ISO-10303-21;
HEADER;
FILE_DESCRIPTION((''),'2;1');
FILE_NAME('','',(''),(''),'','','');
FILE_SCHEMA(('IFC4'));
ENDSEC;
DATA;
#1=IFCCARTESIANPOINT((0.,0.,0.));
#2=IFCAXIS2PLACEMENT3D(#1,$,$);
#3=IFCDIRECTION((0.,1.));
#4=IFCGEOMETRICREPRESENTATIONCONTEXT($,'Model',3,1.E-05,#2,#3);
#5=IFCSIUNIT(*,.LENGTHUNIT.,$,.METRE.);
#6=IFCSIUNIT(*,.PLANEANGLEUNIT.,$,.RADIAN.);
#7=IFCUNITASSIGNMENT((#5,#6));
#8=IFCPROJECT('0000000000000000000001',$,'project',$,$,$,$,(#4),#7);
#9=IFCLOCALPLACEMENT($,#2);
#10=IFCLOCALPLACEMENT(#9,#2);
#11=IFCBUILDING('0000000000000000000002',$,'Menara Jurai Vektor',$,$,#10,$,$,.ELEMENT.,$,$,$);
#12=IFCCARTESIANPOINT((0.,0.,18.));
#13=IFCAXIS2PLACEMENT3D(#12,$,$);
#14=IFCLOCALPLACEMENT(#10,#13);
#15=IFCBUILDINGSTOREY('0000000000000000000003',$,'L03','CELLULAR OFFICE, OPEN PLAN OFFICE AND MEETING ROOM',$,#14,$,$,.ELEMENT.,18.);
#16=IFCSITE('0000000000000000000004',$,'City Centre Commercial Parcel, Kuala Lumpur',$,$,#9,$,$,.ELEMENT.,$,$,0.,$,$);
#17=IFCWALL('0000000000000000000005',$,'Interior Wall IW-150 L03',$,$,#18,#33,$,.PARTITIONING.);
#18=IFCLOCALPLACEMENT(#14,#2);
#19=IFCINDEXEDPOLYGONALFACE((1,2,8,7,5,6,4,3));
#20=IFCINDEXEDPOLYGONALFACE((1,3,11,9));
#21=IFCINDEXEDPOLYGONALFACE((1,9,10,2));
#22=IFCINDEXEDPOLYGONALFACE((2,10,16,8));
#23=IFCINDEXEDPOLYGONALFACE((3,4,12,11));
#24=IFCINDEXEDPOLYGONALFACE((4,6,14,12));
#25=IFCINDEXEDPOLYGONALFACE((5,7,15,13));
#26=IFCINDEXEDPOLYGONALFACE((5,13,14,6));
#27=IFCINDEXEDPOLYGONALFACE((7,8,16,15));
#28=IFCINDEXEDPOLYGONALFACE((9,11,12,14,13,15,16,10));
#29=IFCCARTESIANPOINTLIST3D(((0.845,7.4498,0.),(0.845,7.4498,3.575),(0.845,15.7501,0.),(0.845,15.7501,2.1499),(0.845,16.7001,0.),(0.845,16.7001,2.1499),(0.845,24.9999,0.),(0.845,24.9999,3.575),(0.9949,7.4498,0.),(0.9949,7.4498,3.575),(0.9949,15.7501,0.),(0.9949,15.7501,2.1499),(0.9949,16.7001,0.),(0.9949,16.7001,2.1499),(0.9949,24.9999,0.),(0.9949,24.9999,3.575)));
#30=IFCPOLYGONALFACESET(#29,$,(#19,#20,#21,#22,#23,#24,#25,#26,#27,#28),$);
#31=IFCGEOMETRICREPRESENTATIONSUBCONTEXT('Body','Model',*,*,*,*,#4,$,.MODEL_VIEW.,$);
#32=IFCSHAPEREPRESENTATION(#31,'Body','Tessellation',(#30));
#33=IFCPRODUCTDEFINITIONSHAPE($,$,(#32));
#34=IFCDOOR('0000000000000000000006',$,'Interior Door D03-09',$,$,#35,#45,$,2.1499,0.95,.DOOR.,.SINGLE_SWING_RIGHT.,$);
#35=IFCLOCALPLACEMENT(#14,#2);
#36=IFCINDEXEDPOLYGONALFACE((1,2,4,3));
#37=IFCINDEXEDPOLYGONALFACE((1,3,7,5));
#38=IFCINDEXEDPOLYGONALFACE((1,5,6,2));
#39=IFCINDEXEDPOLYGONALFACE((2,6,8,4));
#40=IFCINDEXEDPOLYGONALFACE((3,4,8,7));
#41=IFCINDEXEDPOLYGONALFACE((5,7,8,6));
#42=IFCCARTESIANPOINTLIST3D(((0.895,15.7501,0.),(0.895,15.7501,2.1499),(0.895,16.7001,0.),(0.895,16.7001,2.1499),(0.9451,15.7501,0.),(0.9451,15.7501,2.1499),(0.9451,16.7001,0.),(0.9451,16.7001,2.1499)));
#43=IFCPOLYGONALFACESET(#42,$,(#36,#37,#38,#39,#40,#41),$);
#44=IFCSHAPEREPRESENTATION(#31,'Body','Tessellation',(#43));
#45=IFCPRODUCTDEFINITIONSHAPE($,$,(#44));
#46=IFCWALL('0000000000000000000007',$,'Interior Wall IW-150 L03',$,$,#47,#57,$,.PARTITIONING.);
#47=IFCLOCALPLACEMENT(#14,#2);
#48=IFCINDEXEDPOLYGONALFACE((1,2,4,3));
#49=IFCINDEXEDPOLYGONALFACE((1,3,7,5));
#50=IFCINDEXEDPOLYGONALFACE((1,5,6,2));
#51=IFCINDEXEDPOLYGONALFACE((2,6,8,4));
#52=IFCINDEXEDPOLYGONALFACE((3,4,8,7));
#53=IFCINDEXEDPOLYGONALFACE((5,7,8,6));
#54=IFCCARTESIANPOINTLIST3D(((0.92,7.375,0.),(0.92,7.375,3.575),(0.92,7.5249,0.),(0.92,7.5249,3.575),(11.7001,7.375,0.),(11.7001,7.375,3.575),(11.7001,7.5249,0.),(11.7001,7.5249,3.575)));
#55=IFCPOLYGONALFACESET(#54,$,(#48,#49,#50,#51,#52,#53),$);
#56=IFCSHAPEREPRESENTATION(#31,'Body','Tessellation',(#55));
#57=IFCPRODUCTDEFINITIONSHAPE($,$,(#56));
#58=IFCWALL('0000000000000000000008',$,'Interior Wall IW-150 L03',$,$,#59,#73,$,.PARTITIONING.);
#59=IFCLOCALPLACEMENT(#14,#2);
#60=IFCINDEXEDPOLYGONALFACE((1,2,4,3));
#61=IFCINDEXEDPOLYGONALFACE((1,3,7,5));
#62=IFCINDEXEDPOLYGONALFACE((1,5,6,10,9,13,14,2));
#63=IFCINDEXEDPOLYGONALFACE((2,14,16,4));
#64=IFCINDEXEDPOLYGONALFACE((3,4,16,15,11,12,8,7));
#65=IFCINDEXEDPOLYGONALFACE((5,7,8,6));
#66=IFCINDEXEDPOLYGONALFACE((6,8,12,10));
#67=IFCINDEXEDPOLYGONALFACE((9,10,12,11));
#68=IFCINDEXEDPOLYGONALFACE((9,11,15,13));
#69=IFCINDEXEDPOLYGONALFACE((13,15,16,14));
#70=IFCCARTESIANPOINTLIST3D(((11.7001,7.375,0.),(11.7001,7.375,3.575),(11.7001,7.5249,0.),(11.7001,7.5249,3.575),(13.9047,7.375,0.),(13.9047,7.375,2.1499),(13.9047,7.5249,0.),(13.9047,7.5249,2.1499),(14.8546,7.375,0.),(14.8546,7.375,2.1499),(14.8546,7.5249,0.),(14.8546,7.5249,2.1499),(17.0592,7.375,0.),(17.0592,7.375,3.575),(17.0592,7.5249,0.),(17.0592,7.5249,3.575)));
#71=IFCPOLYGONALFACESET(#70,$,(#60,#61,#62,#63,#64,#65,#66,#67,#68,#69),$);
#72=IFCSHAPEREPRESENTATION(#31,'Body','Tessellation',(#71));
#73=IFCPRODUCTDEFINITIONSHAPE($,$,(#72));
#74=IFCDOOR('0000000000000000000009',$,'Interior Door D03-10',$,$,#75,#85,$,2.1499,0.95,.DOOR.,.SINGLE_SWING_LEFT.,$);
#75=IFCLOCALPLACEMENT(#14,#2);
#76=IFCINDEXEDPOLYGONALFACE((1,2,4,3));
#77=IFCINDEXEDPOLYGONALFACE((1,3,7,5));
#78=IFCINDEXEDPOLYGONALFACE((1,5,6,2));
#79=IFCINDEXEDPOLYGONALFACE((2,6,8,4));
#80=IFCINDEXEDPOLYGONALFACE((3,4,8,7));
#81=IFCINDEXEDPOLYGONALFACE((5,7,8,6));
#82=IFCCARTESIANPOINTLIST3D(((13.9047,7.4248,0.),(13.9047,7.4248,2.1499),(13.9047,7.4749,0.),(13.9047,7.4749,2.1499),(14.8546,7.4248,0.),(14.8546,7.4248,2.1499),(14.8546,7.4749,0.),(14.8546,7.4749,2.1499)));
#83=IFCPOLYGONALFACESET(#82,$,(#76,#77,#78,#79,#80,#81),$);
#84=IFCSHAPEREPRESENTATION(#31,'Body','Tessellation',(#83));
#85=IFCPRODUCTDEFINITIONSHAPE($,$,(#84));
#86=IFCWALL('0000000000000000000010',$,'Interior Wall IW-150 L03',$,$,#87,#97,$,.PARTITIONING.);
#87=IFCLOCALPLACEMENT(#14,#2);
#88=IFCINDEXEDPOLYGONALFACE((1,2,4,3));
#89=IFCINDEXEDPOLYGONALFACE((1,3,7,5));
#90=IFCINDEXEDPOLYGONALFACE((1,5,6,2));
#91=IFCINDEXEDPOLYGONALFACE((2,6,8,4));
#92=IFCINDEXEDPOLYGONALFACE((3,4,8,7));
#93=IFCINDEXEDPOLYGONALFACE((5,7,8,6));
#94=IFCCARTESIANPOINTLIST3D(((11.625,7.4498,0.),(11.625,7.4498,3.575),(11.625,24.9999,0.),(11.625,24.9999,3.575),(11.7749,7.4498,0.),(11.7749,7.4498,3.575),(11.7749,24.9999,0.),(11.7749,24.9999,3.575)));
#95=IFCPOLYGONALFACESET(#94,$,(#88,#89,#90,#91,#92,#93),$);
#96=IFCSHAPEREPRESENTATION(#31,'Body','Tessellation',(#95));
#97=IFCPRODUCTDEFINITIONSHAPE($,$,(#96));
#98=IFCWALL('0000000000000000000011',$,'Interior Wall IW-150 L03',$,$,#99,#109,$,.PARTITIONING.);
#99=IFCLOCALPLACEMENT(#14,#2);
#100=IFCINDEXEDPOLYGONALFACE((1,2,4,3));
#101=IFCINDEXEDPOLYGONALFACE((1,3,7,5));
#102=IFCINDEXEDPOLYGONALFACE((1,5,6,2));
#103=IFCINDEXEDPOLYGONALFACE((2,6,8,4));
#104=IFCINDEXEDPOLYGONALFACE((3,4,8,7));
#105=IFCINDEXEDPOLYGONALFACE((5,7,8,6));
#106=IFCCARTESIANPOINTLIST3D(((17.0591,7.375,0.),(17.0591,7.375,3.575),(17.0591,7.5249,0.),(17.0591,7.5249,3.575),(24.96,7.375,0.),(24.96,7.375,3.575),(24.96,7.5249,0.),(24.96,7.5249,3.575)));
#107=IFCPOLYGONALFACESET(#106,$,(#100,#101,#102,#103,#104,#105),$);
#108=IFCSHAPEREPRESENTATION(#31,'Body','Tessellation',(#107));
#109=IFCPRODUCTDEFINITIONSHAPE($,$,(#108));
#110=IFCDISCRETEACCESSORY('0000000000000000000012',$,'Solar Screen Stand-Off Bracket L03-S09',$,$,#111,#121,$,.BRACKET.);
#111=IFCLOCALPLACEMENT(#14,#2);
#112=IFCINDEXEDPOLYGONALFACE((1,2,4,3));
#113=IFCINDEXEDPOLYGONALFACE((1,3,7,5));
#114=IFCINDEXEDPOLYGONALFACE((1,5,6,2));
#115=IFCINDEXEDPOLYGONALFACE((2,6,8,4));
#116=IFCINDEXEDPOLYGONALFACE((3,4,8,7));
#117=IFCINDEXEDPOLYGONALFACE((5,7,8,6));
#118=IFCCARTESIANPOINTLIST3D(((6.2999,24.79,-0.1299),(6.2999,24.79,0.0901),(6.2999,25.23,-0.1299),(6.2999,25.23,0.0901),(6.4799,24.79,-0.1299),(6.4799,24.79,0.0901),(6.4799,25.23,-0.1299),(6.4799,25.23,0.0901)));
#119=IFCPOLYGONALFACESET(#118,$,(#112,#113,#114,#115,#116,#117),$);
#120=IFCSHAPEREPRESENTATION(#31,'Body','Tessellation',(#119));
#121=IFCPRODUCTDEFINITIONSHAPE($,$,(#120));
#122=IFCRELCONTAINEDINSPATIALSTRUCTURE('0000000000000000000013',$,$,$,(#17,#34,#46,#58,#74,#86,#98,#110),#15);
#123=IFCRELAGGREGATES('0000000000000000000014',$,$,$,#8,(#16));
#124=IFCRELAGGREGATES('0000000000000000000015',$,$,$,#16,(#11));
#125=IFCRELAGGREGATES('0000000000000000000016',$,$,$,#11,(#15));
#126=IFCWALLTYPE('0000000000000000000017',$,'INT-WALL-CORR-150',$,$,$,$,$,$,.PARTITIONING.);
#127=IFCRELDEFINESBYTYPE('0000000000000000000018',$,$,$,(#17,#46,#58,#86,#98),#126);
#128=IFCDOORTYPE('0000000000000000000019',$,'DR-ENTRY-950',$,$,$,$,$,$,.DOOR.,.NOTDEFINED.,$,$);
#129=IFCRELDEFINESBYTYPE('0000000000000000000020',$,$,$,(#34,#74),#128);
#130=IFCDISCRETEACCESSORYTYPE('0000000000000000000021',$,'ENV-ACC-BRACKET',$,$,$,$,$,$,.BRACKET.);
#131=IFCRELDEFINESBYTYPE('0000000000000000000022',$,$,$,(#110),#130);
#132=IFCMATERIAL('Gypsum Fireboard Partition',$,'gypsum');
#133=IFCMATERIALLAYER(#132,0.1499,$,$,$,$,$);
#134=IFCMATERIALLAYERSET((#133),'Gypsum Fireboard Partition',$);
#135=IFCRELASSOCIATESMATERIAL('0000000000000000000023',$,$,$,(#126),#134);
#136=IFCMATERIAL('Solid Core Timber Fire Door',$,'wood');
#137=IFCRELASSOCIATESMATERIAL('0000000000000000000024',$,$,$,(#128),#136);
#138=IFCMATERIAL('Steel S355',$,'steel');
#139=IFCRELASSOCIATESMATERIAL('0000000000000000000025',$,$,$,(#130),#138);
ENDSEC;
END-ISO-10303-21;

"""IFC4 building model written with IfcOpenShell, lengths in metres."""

from ifc_helpers import new_model, si_unit, direction, frame, frame_2d, origin, origin_2d, place, context, subcontext, project, spatial, rectangle, extrude, material, layer, layer_set, type_object, element, fill, save


model = new_model("IFC4")

# Units and contexts
model_context = context("Model", 3, precision=1e-05, world=origin(), true_north=direction((0.0, 1.0)))
body_context = subcontext(model_context, "Body", "Model", "MODEL_VIEW")
ifc_project = project(units=[si_unit("LENGTHUNIT", "METRE"), si_unit("PLANEANGLEUNIT", "RADIAN")], contexts=[model_context])

# Site, building, storey
site_placement = place(None, origin())
site = spatial("IfcSite", under=ifc_project, at=site_placement, Name="City Centre Commercial Parcel, Kuala Lumpur", CompositionType="ELEMENT", RefElevation=0.0)
building_placement = place(site_placement, origin())
building = spatial("IfcBuilding", under=site, at=building_placement, Name="Menara Jurai Vektor", CompositionType="ELEMENT")
storey_placement = place(building_placement, frame((0.0, 0.0, 18.0)))
storey = spatial("IfcBuildingStorey", under=building, at=storey_placement, Name="L03", Description="CELLULAR OFFICE, OPEN PLAN OFFICE AND MEETING ROOM", CompositionType="ELEMENT", Elevation=18.0)

# Shared definitions
ifc_material_1 = material(Name="Steel S355", Category="steel")

# Wall, opening, door
ifc_material_2 = material(Name="Gypsum Fireboard Partition", Category="gypsum")
ifc_layer_1 = layer(ifc_material_2, 0.1499)
ifc_layer_set_1 = layer_set([ifc_layer_1], Name="Gypsum Fireboard Partition")
wall_type = type_object("IfcWallType", Name="INT-WALL-CORR-150", PredefinedType="PARTITIONING", material=ifc_layer_set_1)
wall_1_placement = place(storey_placement, frame((0.9199, 7.45, 0.0), z_axis=(0.0, 0.0, 1.0), x_axis=(0.0, 1.0, 0.0)))
wall_1 = element("IfcWall", 1, at=wall_1_placement, inside=storey, type_object=wall_type, Name="Interior Wall IW-150 L03", PredefinedType="PARTITIONING", context=body_context, shape_type="SweptSolid", body=[
    extrude(rectangle(XDim=17.55, YDim=0.1499, at=frame_2d((8.7749, 0.0))), origin(), (0.0, 0.0, 1.0), 3.575),
])
opening_1_placement = place(wall_1_placement, frame((8.3, 0.0, 0.0)))
opening_1 = element("IfcOpeningElement", 2, at=opening_1_placement, cuts=wall_1, PredefinedType="OPENING", context=body_context, shape_type="SweptSolid", body=[
    extrude(rectangle(XDim=0.95, YDim=2.1499, at=frame_2d((0.4751, 1.075))), frame((0.0, 0.085, 0.0), z_axis=(0.0, -1.0, 0.0), x_axis=(1.0, 0.0, 0.0)), (0.0, 0.0, 1.0), 0.1699),
])
ifc_material_3 = material(Name="Solid Core Timber Fire Door", Category="wood")
door_type = type_object("IfcDoorType", Name="DR-ENTRY-950", OperationType="NOTDEFINED", PredefinedType="DOOR", material=ifc_material_3)
door_1_placement = place(opening_1_placement, origin())
door_1 = element("IfcDoor", 3, at=door_1_placement, inside=storey, type_object=door_type, Name="Interior Door D03-09", OperationType="SINGLE_SWING_RIGHT", OverallHeight=2.1499, OverallWidth=0.95, PredefinedType="DOOR", context=body_context, shape_type="SweptSolid", body=[
    extrude(rectangle(XDim=0.95, YDim=2.1499, at=frame_2d((0.4751, 1.075))), frame((0.0, 0.0249, 0.0), z_axis=(0.0, -1.0, 0.0), x_axis=(1.0, 0.0, 0.0)), (0.0, 0.0, 1.0), 0.05),
])
fill(opening_1, door_1)

# Wall
wall_2_placement = place(storey_placement, frame((0.9199, 7.45, 0.0), z_axis=(0.0, 0.0, 1.0), x_axis=(1.0, 0.0, 0.0)))
element("IfcWall", 4, at=wall_2_placement, inside=storey, type_object=wall_type, Name="Interior Wall IW-150 L03", PredefinedType="PARTITIONING", context=body_context, shape_type="SweptSolid", body=[
    extrude(rectangle(XDim=10.78, YDim=0.1499, at=frame_2d((5.3901, 0.0))), origin(), (0.0, 0.0, 1.0), 3.575),
])

# Wall, opening, door
wall_3_placement = place(storey_placement, frame((11.7, 7.45, 0.0), z_axis=(0.0, 0.0, 1.0), x_axis=(1.0, 0.0, 0.0)))
wall_3 = element("IfcWall", 5, at=wall_3_placement, inside=storey, type_object=wall_type, Name="Interior Wall IW-150 L03", PredefinedType="PARTITIONING", context=body_context, shape_type="SweptSolid", body=[
    extrude(rectangle(XDim=5.3591, YDim=0.1499, at=frame_2d((2.6797, 0.0))), origin(), (0.0, 0.0, 1.0), 3.575),
])
opening_2_placement = place(wall_3_placement, frame((2.2046, 0.0, 0.0)))
opening_2 = element("IfcOpeningElement", 6, at=opening_2_placement, cuts=wall_3, PredefinedType="OPENING", context=body_context, shape_type="SweptSolid", body=[
    extrude(rectangle(XDim=0.95, YDim=2.1499, at=frame_2d((0.4751, 1.075))), frame((0.0, 0.085, 0.0), z_axis=(0.0, -1.0, 0.0), x_axis=(1.0, 0.0, 0.0)), (0.0, 0.0, 1.0), 0.1699),
])
door_2_placement = place(opening_2_placement, origin())
door_2 = element("IfcDoor", 7, at=door_2_placement, inside=storey, type_object=door_type, Name="Interior Door D03-10", OperationType="SINGLE_SWING_LEFT", OverallHeight=2.1499, OverallWidth=0.95, PredefinedType="DOOR", context=body_context, shape_type="SweptSolid", body=[
    extrude(rectangle(XDim=0.95, YDim=2.1499, at=frame_2d((0.4751, 1.075))), frame((0.0, 0.0249, 0.0), z_axis=(0.0, -1.0, 0.0), x_axis=(1.0, 0.0, 0.0)), (0.0, 0.0, 1.0), 0.05),
])
fill(opening_2, door_2)

# Walls
wall_4_placement = place(storey_placement, frame((11.7, 7.45, 0.0), z_axis=(0.0, 0.0, 1.0), x_axis=(0.0, 1.0, 0.0)))
element("IfcWall", 8, at=wall_4_placement, inside=storey, type_object=wall_type, Name="Interior Wall IW-150 L03", PredefinedType="PARTITIONING", context=body_context, shape_type="SweptSolid", body=[
    extrude(rectangle(XDim=17.55, YDim=0.1499, at=frame_2d((8.7749, 0.0))), origin(), (0.0, 0.0, 1.0), 3.575),
])
wall_5_placement = place(storey_placement, frame((17.0591, 7.45, 0.0), z_axis=(0.0, 0.0, 1.0), x_axis=(1.0, 0.0, 0.0)))
element("IfcWall", 9, at=wall_5_placement, inside=storey, type_object=wall_type, Name="Interior Wall IW-150 L03", PredefinedType="PARTITIONING", context=body_context, shape_type="SweptSolid", body=[
    extrude(rectangle(XDim=7.9009, YDim=0.1499, at=frame_2d((3.9504, 0.0))), origin(), (0.0, 0.0, 1.0), 3.575),
])

# Discrete accessory
discrete_accessory_type = type_object("IfcDiscreteAccessoryType", Name="ENV-ACC-BRACKET", PredefinedType="BRACKET", material=ifc_material_1)
discrete_accessory_placement = place(storey_placement, frame((6.3899, 25.01, -0.1299), z_axis=(0.0, 0.0, 1.0), x_axis=(-1.0, 0.0, 0.0)))
element("IfcDiscreteAccessory", 10, at=discrete_accessory_placement, inside=storey, type_object=discrete_accessory_type, Name="Solar Screen Stand-Off Bracket L03-S09", PredefinedType="BRACKET", context=body_context, shape_type="SweptSolid", body=[
    extrude(rectangle(XDim=0.1799, YDim=0.4399, at=origin_2d()), origin(), (0.0, 0.0, 1.0), 0.22),
])

save(model, "model.ifc")
